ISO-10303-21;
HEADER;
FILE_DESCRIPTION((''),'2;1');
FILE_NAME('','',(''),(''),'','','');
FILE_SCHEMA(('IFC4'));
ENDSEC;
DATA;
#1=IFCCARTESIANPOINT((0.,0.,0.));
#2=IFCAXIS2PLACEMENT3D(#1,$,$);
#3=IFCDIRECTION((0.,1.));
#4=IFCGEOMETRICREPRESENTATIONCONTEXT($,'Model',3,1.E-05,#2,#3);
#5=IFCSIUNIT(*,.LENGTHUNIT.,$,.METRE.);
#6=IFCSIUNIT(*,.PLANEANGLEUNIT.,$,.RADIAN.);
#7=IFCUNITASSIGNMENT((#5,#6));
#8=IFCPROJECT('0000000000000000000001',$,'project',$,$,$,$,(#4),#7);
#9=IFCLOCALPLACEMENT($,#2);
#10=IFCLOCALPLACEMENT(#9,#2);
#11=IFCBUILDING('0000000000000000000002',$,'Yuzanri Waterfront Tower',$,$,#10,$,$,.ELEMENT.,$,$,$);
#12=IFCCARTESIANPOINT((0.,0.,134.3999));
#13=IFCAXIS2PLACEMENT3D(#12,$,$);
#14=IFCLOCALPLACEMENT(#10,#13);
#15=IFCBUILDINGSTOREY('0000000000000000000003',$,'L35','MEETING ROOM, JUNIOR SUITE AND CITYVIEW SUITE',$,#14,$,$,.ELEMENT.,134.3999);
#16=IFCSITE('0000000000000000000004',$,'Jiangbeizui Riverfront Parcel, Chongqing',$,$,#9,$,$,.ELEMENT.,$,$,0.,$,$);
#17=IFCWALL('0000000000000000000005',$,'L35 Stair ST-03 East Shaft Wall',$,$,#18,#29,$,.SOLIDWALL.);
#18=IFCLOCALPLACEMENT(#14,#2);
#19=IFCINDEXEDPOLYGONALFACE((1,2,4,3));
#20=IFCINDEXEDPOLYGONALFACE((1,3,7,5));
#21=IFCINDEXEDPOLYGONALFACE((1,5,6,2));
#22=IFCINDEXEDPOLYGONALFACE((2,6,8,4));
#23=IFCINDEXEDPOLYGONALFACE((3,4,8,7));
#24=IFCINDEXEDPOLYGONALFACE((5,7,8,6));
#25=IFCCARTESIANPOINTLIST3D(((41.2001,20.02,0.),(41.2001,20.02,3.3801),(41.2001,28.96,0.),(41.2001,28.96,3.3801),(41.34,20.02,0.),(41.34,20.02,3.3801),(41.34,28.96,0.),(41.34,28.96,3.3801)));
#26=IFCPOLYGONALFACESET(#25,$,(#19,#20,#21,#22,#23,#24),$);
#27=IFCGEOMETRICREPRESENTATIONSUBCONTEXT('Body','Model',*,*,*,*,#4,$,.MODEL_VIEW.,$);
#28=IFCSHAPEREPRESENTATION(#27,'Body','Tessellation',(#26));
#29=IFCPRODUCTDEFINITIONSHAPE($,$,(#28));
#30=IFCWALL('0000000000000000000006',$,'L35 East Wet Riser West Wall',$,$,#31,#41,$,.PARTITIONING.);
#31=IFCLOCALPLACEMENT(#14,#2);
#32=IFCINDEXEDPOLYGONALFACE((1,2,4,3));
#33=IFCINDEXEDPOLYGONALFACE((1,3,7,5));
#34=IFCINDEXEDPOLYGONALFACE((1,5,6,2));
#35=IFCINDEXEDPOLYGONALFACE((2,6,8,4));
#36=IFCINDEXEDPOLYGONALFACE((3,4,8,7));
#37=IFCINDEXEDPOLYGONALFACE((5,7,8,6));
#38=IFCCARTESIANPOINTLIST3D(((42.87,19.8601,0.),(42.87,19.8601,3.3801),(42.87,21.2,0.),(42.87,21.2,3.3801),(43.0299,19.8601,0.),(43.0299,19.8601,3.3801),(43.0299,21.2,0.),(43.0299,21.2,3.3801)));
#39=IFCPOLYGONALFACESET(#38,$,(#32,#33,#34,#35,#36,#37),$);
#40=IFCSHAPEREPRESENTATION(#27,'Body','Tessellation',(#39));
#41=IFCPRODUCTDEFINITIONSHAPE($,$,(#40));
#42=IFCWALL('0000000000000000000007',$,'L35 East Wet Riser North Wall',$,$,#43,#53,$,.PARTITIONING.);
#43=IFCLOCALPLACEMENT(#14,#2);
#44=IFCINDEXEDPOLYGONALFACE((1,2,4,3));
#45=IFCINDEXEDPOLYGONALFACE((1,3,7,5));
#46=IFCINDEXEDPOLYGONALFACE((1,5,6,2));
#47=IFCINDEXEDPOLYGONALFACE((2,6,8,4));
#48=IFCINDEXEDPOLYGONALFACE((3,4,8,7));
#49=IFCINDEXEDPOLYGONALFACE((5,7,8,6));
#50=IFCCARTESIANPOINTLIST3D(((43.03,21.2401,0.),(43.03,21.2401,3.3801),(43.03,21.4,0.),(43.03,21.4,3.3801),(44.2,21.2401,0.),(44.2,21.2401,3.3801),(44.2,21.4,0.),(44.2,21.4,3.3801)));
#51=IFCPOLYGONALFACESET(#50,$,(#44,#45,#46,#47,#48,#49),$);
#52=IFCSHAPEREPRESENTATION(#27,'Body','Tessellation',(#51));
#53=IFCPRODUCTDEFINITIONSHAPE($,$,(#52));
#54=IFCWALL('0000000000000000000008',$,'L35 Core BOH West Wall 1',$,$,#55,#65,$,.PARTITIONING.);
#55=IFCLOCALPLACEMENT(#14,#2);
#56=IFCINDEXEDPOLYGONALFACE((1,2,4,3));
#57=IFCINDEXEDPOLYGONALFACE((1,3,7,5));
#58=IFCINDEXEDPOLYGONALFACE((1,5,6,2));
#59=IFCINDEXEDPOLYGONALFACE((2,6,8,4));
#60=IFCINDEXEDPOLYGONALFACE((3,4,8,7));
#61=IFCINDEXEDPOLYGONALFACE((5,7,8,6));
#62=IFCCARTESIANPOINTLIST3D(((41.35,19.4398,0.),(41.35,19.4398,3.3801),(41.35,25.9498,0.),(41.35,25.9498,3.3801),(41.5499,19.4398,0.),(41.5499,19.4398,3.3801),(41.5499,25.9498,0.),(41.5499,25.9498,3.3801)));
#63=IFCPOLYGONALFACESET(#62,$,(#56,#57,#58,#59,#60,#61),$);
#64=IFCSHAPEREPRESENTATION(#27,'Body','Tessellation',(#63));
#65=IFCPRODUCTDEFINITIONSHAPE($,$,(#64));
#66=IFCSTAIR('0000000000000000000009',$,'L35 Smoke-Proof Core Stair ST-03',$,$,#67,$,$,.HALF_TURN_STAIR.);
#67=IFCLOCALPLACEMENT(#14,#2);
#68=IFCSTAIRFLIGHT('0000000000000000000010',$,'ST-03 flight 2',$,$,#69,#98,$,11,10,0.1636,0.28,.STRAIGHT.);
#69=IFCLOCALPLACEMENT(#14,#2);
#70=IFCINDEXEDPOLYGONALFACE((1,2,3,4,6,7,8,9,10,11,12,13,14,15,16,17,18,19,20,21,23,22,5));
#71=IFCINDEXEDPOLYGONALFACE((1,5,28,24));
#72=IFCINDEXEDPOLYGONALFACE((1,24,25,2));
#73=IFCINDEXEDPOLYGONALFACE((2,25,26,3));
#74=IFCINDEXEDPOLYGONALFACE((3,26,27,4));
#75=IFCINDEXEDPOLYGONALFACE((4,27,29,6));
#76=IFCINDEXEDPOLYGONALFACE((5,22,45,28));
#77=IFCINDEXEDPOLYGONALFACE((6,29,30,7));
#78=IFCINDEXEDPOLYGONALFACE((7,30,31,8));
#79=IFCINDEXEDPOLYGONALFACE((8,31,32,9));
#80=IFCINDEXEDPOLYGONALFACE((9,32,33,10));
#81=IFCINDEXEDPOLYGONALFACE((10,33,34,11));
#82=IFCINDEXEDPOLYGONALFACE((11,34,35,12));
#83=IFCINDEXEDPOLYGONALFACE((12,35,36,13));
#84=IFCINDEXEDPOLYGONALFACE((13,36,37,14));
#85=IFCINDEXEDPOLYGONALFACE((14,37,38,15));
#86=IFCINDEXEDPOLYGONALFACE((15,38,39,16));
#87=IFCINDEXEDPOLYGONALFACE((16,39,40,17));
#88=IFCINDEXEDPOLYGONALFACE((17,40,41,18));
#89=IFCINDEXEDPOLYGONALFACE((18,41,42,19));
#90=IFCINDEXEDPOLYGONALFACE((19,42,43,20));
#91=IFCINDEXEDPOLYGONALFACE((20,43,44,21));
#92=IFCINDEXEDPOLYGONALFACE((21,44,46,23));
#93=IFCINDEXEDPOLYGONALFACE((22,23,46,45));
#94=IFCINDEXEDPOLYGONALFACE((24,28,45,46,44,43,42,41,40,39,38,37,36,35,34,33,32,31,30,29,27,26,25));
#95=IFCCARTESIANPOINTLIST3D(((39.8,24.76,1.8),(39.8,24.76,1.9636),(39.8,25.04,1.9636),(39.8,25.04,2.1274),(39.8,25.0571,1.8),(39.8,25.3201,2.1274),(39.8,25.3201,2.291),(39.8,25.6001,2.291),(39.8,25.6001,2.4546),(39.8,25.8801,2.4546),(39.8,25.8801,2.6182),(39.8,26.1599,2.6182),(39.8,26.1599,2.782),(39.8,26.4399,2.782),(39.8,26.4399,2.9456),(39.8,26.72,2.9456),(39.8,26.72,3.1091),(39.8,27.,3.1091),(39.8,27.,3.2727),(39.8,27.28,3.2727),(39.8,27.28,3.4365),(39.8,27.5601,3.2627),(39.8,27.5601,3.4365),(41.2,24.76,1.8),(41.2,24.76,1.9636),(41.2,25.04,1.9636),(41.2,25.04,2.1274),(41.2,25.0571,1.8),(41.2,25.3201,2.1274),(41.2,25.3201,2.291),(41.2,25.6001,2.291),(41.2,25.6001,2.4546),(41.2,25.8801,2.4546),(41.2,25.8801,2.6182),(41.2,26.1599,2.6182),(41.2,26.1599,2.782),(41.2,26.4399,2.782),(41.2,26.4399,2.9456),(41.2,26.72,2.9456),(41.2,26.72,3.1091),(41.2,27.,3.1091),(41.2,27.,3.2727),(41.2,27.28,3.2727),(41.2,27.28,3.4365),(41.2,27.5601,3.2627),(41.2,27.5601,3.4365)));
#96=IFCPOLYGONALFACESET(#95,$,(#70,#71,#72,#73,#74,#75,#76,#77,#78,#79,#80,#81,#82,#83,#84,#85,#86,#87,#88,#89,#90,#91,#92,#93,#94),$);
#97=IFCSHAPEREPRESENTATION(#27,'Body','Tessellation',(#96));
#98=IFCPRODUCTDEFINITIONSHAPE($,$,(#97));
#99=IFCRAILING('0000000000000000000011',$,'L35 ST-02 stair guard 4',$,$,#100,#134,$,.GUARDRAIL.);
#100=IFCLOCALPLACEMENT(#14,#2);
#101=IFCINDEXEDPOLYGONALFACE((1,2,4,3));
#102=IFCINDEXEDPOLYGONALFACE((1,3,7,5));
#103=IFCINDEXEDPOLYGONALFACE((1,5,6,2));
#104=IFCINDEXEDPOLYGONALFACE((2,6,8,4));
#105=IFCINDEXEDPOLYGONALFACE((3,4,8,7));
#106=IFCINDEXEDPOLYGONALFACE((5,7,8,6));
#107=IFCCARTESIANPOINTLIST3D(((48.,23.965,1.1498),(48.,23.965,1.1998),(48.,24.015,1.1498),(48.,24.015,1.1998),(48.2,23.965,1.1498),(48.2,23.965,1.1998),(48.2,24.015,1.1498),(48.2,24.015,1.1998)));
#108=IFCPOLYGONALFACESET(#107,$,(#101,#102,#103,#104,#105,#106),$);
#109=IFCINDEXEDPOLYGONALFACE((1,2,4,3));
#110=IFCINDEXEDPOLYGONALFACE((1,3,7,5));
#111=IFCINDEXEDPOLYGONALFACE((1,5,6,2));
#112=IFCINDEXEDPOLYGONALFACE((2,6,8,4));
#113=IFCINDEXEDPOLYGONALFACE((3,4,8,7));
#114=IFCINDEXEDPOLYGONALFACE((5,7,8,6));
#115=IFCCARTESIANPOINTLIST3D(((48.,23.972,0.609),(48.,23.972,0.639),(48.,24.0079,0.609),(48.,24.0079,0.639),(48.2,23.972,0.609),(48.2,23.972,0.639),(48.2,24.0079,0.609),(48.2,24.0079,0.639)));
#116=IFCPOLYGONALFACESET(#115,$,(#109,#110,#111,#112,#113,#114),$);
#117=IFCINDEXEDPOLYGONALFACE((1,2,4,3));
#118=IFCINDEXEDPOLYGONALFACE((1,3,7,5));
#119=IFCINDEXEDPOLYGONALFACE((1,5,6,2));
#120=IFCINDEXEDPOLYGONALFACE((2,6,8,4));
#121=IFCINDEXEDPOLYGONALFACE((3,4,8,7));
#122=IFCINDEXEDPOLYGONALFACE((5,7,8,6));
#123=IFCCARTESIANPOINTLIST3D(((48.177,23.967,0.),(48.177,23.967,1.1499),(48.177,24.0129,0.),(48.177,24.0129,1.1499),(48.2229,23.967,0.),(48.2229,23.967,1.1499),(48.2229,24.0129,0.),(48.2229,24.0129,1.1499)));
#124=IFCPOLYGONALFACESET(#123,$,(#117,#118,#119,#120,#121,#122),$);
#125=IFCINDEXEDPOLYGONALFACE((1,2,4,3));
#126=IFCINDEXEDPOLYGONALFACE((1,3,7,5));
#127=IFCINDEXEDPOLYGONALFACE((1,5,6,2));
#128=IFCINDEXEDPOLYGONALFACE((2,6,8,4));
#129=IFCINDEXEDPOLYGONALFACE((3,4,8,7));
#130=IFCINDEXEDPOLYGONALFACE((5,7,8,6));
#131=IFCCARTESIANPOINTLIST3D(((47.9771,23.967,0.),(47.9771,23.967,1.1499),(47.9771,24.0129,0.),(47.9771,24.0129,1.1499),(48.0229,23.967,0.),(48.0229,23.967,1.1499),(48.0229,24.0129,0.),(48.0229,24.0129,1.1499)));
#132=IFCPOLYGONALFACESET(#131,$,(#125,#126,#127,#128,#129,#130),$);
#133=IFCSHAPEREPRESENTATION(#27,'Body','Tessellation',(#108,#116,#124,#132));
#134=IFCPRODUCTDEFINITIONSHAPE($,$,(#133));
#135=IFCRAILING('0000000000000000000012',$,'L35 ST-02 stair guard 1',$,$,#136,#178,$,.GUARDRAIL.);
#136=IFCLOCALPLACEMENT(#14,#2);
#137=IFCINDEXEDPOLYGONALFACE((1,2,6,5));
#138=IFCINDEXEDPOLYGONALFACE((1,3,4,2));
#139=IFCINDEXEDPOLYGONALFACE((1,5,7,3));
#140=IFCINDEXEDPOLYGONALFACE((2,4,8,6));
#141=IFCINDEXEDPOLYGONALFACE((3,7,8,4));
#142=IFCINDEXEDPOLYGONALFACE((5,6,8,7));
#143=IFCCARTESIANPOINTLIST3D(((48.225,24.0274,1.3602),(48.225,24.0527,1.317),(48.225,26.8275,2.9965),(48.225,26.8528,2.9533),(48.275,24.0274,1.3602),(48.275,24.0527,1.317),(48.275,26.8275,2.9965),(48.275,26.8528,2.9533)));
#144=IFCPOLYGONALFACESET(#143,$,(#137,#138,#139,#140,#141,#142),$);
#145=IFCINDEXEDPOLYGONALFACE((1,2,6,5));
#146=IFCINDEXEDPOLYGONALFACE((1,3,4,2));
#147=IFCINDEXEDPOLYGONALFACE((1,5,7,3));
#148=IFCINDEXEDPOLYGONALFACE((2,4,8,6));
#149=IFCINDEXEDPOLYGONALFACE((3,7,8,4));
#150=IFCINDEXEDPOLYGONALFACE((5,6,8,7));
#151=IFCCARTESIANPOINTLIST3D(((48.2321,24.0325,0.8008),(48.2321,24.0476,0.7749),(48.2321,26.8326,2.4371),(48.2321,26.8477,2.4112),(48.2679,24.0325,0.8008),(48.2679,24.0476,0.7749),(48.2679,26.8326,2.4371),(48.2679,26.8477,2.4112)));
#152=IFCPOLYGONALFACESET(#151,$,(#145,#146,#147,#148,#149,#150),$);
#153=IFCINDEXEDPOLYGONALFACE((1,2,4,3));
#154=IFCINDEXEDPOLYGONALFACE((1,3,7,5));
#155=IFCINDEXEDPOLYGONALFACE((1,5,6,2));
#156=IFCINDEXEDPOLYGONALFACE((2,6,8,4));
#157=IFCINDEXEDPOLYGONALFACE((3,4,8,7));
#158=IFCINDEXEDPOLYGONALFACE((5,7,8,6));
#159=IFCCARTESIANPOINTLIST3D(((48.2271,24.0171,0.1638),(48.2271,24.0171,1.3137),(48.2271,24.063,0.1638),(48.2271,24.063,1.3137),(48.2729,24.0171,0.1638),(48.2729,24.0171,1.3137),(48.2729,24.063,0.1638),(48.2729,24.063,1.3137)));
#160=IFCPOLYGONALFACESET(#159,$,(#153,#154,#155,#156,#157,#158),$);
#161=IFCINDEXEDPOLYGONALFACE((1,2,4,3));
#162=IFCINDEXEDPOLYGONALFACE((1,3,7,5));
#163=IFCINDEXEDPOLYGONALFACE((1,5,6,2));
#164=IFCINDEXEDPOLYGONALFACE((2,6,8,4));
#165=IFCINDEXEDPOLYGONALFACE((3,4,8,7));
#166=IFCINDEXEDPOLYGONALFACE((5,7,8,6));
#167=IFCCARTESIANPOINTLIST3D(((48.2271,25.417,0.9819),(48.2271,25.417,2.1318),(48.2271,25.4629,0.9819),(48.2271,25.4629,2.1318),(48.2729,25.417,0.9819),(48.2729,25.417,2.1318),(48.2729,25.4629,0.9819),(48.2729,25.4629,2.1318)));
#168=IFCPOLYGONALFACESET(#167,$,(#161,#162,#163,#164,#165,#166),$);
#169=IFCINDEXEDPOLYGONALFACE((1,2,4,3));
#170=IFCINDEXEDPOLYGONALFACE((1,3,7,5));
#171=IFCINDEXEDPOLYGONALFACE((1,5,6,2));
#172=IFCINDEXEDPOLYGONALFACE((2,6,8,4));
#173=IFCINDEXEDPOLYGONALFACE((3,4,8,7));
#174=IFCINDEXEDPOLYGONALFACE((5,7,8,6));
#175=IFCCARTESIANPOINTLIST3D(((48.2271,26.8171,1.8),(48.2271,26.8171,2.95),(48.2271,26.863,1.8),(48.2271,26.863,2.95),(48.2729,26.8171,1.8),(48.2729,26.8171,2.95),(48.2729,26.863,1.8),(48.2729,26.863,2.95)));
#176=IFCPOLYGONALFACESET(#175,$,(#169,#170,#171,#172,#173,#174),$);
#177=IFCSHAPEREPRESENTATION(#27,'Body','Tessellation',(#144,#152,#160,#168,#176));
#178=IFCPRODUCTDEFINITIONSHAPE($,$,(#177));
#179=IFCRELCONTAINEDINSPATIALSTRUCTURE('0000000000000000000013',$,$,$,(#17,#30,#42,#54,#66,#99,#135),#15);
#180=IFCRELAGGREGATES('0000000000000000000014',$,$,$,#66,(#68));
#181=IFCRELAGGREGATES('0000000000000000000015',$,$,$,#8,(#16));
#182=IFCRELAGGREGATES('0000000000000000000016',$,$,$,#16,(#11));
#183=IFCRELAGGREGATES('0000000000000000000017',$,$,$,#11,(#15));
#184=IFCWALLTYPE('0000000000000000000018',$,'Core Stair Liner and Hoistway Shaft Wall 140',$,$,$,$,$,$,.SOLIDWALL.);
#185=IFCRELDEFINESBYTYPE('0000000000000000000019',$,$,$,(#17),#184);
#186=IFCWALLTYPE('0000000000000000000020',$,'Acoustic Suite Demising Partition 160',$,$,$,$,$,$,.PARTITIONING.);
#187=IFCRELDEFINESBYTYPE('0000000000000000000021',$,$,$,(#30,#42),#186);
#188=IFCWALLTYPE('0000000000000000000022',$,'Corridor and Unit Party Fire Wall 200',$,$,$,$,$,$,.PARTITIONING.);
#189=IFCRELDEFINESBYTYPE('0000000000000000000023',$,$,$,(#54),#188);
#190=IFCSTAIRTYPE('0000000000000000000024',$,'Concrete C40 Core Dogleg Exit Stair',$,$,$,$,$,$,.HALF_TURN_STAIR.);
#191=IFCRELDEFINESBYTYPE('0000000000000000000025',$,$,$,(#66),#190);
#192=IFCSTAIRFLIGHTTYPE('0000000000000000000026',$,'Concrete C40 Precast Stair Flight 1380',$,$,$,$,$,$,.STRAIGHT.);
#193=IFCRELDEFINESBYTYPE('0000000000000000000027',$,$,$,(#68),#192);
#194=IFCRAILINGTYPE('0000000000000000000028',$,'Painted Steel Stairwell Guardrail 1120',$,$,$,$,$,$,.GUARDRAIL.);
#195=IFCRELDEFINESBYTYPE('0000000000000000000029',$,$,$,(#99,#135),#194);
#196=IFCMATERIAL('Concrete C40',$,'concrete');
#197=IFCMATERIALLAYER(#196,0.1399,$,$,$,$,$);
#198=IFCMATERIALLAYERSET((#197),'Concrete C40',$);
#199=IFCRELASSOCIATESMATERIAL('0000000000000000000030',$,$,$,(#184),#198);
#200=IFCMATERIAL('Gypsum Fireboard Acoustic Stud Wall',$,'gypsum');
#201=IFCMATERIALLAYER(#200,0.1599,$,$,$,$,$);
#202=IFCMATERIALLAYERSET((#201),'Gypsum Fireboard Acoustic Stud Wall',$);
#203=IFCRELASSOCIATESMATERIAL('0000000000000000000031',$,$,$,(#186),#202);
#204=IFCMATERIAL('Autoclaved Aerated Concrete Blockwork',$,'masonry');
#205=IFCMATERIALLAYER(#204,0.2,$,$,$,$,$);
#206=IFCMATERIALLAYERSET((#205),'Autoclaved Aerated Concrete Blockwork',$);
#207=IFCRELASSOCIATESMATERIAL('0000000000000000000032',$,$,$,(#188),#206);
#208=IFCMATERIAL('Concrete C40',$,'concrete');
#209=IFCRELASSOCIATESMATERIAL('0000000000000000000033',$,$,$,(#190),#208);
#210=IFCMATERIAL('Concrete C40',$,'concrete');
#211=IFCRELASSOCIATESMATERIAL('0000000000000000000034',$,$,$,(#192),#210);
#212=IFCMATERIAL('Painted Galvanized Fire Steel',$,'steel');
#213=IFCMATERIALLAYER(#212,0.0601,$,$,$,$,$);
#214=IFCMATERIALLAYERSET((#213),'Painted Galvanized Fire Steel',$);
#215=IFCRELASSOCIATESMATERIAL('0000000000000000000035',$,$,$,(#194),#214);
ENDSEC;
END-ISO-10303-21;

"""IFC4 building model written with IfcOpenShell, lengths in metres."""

from ifc_helpers import new_model, si_unit, direction, frame, frame_2d, origin, origin_2d, place, context, subcontext, project, spatial, polyline, rectangle, outline, extrude, source, transform, mapped, material, layer, layer_set, type_object, element, aggregate, save


model = new_model("IFC4")

# Units and contexts
model_context = context("Model", 3, precision=1e-05, world=origin(), true_north=direction((0.0, 1.0)))
body_context = subcontext(model_context, "Body", "Model", "MODEL_VIEW")
ifc_project = project(units=[si_unit("LENGTHUNIT", "METRE"), si_unit("PLANEANGLEUNIT", "RADIAN")], contexts=[model_context])

# Site, building, storey
site_placement = place(None, origin())
site = spatial("IfcSite", under=ifc_project, at=site_placement, Name="Jiangbeizui Riverfront Parcel, Chongqing", CompositionType="ELEMENT", RefElevation=0.0)
building_placement = place(site_placement, origin())
building = spatial("IfcBuilding", under=site, at=building_placement, Name="Yuzanri Waterfront Tower", CompositionType="ELEMENT")
storey_placement = place(building_placement, frame((0.0, 0.0, 134.3999)))
storey = spatial("IfcBuildingStorey", under=building, at=storey_placement, Name="L35", Description="MEETING ROOM, JUNIOR SUITE AND CITYVIEW SUITE", CompositionType="ELEMENT", Elevation=134.3999)

# Shared definitions
ifc_material_1 = material(Name="Concrete C40", Category="concrete")
ifc_layer_1 = layer(ifc_material_1, 0.1399)
ifc_layer_set_1 = layer_set([ifc_layer_1], Name="Concrete C40")
wall_type_1 = type_object("IfcWallType", Name="Core Stair Liner and Hoistway Shaft Wall 140", PredefinedType="SOLIDWALL", material=ifc_layer_set_1)

# Walls
shared_shape_1 = source(origin(), body_context, "Body", "SweptSolid", [
    extrude(rectangle(XDim=8.9399, YDim=0.1399, at=frame_2d((4.47, 0.0))), origin(), (0.0, 0.0, 1.0), 3.3801),
])
wall_1_placement = place(storey_placement, frame((41.27, 20.02, 0.0), z_axis=(0.0, 0.0, 1.0), x_axis=(0.0, 1.0, 0.0)))
element("IfcWall", 1, at=wall_1_placement, inside=storey, type_object=wall_type_1, Name="L35 Stair ST-03 East Shaft Wall", PredefinedType="SOLIDWALL", context=body_context, shape_type="MappedRepresentation", body=[
    mapped(shared_shape_1, transform((0.0, 0.0, 0.0), scale=1.0)),
])
ifc_material_2 = material(Name="Gypsum Fireboard Acoustic Stud Wall", Category="gypsum")
ifc_layer_2 = layer(ifc_material_2, 0.1599)
ifc_layer_set_2 = layer_set([ifc_layer_2], Name="Gypsum Fireboard Acoustic Stud Wall")
wall_type_2 = type_object("IfcWallType", Name="Acoustic Suite Demising Partition 160", PredefinedType="PARTITIONING", material=ifc_layer_set_2)
shared_shape_2 = source(origin(), body_context, "Body", "SweptSolid", [
    extrude(rectangle(XDim=1.3398, YDim=0.1599, at=frame_2d((0.6699, 0.0))), origin(), (0.0, 0.0, 1.0), 3.3801),
])
wall_2_placement = place(storey_placement, frame((42.95, 19.8601, 0.0), z_axis=(0.0, 0.0, 1.0), x_axis=(0.0, 1.0, 0.0)))
element("IfcWall", 2, at=wall_2_placement, inside=storey, type_object=wall_type_2, Name="L35 East Wet Riser West Wall", PredefinedType="PARTITIONING", context=body_context, shape_type="MappedRepresentation", body=[
    mapped(shared_shape_2, transform((0.0, 0.0, 0.0), scale=1.0)),
])
shared_shape_3 = source(origin(), body_context, "Body", "SweptSolid", [
    extrude(rectangle(XDim=1.1699, YDim=0.1599, at=frame_2d((0.585, 0.0))), origin(), (0.0, 0.0, 1.0), 3.3801),
])
wall_3_placement = place(storey_placement, frame((43.03, 21.3201, 0.0), z_axis=(0.0, 0.0, 1.0), x_axis=(1.0, 0.0, 0.0)))
element("IfcWall", 3, at=wall_3_placement, inside=storey, type_object=wall_type_2, Name="L35 East Wet Riser North Wall", PredefinedType="PARTITIONING", context=body_context, shape_type="MappedRepresentation", body=[
    mapped(shared_shape_3, transform((0.0, 0.0, 0.0), scale=1.0)),
])
ifc_material_3 = material(Name="Autoclaved Aerated Concrete Blockwork", Category="masonry")
ifc_layer_3 = layer(ifc_material_3, 0.2)
ifc_layer_set_3 = layer_set([ifc_layer_3], Name="Autoclaved Aerated Concrete Blockwork")
wall_type_3 = type_object("IfcWallType", Name="Corridor and Unit Party Fire Wall 200", PredefinedType="PARTITIONING", material=ifc_layer_set_3)
shared_shape_4 = source(origin(), body_context, "Body", "SweptSolid", [
    extrude(rectangle(XDim=6.51, YDim=0.2, at=frame_2d((3.2549, 0.0))), origin(), (0.0, 0.0, 1.0), 3.3801),
])
wall_4_placement = place(storey_placement, frame((41.45, 19.4399, 0.0), z_axis=(0.0, 0.0, 1.0), x_axis=(0.0, 1.0, 0.0)))
element("IfcWall", 4, at=wall_4_placement, inside=storey, type_object=wall_type_3, Name="L35 Core BOH West Wall 1", PredefinedType="PARTITIONING", context=body_context, shape_type="MappedRepresentation", body=[
    mapped(shared_shape_4, transform((0.0, 0.0, 0.0), scale=1.0)),
])

# Stair, stair flight
ifc_material_4 = material(Name="Concrete C40", Category="concrete")
stair_type = type_object("IfcStairType", Name="Concrete C40 Core Dogleg Exit Stair", PredefinedType="HALF_TURN_STAIR", material=ifc_material_4)
stair_placement = place(storey_placement, origin())
stair = element("IfcStair", 5, at=stair_placement, inside=storey, type_object=stair_type, Name="L35 Smoke-Proof Core Stair ST-03", PredefinedType="HALF_TURN_STAIR")
ifc_material_5 = material(Name="Concrete C40", Category="concrete")
stair_flight_type = type_object("IfcStairFlightType", Name="Concrete C40 Precast Stair Flight 1380", PredefinedType="STRAIGHT", material=ifc_material_5)
shared_shape_5 = source(origin(), body_context, "Body", "SweptSolid", [
    extrude(outline(polyline([(0.0, 0.0), (0.0, 0.1636), (0.28, 0.1636), (0.28, 0.3274), (0.5601, 0.3274), (0.5601, 0.491), (0.8401, 0.491), (0.8401, 0.6545), (1.1201, 0.6545), (1.1201, 0.8181), (1.3999, 0.8181), (1.3999, 0.9819), (1.6799, 0.9819), (1.6799, 1.1455), (1.96, 1.1455), (1.96, 1.3091), (2.24, 1.3091), (2.24, 1.4727), (2.52, 1.4727), (2.52, 1.6365), (2.8, 1.6365), (2.8, 1.8), (2.8, 1.4626), (0.2971, 0.0), (0.0, 0.0)])), frame((0.0, 0.7, 0.0), z_axis=(0.0, -1.0, 0.0), x_axis=(1.0, 0.0, 0.0)), (0.0, 0.0, 1.0), 1.3999),
])
stair_flight_placement = place(storey_placement, frame((40.5, 24.76, 1.8), z_axis=(0.0, 0.0, 1.0), x_axis=(0.0, 1.0, 0.0)))
stair_flight = element("IfcStairFlight", 6, at=stair_flight_placement, type_object=stair_flight_type, Name="ST-03 flight 2", NumberOfRisers=11, NumberOfTreads=10, PredefinedType="STRAIGHT", RiserHeight=0.1636, TreadLength=0.28, context=body_context, shape_type="MappedRepresentation", body=[
    mapped(shared_shape_5, transform((0.0, 0.0, 0.0), scale=1.0)),
])
aggregate(stair, [stair_flight])

# Railings
ifc_material_6 = material(Name="Painted Galvanized Fire Steel", Category="steel")
ifc_layer_4 = layer(ifc_material_6, 0.0601)
ifc_layer_set_4 = layer_set([ifc_layer_4], Name="Painted Galvanized Fire Steel")
railing_type_1 = type_object("IfcRailingType", Name="Painted Steel Stairwell Guardrail 1120", PredefinedType="GUARDRAIL", material=ifc_layer_set_4)
shared_shape_6 = source(origin(), body_context, "Body", "SweptSolid", [
    extrude(rectangle(XDim=0.05, YDim=0.05, at=origin_2d()), frame((0.0, 0.0, 1.1748), z_axis=(-1.0, 0.0, 0.0), x_axis=(0.0, -1.0, 0.0)), (0.0, 0.0, 1.0), 0.2),
    extrude(rectangle(XDim=0.0359, YDim=0.03, at=origin_2d()), frame((0.0, 0.0, 0.624), z_axis=(-1.0, 0.0, 0.0), x_axis=(0.0, -1.0, 0.0)), (0.0, 0.0, 1.0), 0.2),
    extrude(rectangle(XDim=0.0459, YDim=0.0459, at=origin_2d()), origin(), (0.0, 0.0, 1.0), 1.1499),
    extrude(rectangle(XDim=0.0459, YDim=0.0459, at=origin_2d()), frame((-0.2, 0.0, 0.0)), (0.0, 0.0, 1.0), 1.1499),
])
railing_1_placement = place(storey_placement, frame((48.2, 23.99, 0.0)))
element("IfcRailing", 7, at=railing_1_placement, inside=storey, type_object=railing_type_1, Name="L35 ST-02 stair guard 4", PredefinedType="GUARDRAIL", context=body_context, shape_type="MappedRepresentation", body=[
    mapped(shared_shape_6, transform((0.0, 0.0, 0.0), scale=1.0)),
])
shared_shape_7 = source(origin(), body_context, "Body", "SweptSolid", [
    extrude(rectangle(XDim=0.05, YDim=0.05, at=origin_2d()), frame((0.0, 0.0, 1.1748), z_axis=(0.0, 0.863394, 0.504531), x_axis=(-1.0, 0.0, 0.0)), (0.0, 0.0, 1.0), 3.2432),
    extrude(rectangle(XDim=0.0359, YDim=0.03, at=origin_2d()), frame((0.0, 0.0, 0.624), z_axis=(0.0, 0.863394, 0.504531), x_axis=(-1.0, 0.0, 0.0)), (0.0, 0.0, 1.0), 3.2432),
    extrude(rectangle(XDim=0.0459, YDim=0.0459, at=origin_2d()), origin(), (0.0, 0.0, 1.0), 1.1499),
    extrude(rectangle(XDim=0.0459, YDim=0.0459, at=origin_2d()), frame((0.0, 1.3999, 0.8181)), (0.0, 0.0, 1.0), 1.1499),
    extrude(rectangle(XDim=0.0459, YDim=0.0459, at=origin_2d()), frame((0.0, 2.8, 1.6362)), (0.0, 0.0, 1.0), 1.1499),
])
railing_2_placement = place(storey_placement, frame((48.25, 24.04, 0.1638)))
element("IfcRailing", 8, at=railing_2_placement, inside=storey, type_object=railing_type_1, Name="L35 ST-02 stair guard 1", PredefinedType="GUARDRAIL", context=body_context, shape_type="MappedRepresentation", body=[
    mapped(shared_shape_7, transform((0.0, 0.0, 0.0), scale=1.0)),
])

save(model, "model.ifc")
